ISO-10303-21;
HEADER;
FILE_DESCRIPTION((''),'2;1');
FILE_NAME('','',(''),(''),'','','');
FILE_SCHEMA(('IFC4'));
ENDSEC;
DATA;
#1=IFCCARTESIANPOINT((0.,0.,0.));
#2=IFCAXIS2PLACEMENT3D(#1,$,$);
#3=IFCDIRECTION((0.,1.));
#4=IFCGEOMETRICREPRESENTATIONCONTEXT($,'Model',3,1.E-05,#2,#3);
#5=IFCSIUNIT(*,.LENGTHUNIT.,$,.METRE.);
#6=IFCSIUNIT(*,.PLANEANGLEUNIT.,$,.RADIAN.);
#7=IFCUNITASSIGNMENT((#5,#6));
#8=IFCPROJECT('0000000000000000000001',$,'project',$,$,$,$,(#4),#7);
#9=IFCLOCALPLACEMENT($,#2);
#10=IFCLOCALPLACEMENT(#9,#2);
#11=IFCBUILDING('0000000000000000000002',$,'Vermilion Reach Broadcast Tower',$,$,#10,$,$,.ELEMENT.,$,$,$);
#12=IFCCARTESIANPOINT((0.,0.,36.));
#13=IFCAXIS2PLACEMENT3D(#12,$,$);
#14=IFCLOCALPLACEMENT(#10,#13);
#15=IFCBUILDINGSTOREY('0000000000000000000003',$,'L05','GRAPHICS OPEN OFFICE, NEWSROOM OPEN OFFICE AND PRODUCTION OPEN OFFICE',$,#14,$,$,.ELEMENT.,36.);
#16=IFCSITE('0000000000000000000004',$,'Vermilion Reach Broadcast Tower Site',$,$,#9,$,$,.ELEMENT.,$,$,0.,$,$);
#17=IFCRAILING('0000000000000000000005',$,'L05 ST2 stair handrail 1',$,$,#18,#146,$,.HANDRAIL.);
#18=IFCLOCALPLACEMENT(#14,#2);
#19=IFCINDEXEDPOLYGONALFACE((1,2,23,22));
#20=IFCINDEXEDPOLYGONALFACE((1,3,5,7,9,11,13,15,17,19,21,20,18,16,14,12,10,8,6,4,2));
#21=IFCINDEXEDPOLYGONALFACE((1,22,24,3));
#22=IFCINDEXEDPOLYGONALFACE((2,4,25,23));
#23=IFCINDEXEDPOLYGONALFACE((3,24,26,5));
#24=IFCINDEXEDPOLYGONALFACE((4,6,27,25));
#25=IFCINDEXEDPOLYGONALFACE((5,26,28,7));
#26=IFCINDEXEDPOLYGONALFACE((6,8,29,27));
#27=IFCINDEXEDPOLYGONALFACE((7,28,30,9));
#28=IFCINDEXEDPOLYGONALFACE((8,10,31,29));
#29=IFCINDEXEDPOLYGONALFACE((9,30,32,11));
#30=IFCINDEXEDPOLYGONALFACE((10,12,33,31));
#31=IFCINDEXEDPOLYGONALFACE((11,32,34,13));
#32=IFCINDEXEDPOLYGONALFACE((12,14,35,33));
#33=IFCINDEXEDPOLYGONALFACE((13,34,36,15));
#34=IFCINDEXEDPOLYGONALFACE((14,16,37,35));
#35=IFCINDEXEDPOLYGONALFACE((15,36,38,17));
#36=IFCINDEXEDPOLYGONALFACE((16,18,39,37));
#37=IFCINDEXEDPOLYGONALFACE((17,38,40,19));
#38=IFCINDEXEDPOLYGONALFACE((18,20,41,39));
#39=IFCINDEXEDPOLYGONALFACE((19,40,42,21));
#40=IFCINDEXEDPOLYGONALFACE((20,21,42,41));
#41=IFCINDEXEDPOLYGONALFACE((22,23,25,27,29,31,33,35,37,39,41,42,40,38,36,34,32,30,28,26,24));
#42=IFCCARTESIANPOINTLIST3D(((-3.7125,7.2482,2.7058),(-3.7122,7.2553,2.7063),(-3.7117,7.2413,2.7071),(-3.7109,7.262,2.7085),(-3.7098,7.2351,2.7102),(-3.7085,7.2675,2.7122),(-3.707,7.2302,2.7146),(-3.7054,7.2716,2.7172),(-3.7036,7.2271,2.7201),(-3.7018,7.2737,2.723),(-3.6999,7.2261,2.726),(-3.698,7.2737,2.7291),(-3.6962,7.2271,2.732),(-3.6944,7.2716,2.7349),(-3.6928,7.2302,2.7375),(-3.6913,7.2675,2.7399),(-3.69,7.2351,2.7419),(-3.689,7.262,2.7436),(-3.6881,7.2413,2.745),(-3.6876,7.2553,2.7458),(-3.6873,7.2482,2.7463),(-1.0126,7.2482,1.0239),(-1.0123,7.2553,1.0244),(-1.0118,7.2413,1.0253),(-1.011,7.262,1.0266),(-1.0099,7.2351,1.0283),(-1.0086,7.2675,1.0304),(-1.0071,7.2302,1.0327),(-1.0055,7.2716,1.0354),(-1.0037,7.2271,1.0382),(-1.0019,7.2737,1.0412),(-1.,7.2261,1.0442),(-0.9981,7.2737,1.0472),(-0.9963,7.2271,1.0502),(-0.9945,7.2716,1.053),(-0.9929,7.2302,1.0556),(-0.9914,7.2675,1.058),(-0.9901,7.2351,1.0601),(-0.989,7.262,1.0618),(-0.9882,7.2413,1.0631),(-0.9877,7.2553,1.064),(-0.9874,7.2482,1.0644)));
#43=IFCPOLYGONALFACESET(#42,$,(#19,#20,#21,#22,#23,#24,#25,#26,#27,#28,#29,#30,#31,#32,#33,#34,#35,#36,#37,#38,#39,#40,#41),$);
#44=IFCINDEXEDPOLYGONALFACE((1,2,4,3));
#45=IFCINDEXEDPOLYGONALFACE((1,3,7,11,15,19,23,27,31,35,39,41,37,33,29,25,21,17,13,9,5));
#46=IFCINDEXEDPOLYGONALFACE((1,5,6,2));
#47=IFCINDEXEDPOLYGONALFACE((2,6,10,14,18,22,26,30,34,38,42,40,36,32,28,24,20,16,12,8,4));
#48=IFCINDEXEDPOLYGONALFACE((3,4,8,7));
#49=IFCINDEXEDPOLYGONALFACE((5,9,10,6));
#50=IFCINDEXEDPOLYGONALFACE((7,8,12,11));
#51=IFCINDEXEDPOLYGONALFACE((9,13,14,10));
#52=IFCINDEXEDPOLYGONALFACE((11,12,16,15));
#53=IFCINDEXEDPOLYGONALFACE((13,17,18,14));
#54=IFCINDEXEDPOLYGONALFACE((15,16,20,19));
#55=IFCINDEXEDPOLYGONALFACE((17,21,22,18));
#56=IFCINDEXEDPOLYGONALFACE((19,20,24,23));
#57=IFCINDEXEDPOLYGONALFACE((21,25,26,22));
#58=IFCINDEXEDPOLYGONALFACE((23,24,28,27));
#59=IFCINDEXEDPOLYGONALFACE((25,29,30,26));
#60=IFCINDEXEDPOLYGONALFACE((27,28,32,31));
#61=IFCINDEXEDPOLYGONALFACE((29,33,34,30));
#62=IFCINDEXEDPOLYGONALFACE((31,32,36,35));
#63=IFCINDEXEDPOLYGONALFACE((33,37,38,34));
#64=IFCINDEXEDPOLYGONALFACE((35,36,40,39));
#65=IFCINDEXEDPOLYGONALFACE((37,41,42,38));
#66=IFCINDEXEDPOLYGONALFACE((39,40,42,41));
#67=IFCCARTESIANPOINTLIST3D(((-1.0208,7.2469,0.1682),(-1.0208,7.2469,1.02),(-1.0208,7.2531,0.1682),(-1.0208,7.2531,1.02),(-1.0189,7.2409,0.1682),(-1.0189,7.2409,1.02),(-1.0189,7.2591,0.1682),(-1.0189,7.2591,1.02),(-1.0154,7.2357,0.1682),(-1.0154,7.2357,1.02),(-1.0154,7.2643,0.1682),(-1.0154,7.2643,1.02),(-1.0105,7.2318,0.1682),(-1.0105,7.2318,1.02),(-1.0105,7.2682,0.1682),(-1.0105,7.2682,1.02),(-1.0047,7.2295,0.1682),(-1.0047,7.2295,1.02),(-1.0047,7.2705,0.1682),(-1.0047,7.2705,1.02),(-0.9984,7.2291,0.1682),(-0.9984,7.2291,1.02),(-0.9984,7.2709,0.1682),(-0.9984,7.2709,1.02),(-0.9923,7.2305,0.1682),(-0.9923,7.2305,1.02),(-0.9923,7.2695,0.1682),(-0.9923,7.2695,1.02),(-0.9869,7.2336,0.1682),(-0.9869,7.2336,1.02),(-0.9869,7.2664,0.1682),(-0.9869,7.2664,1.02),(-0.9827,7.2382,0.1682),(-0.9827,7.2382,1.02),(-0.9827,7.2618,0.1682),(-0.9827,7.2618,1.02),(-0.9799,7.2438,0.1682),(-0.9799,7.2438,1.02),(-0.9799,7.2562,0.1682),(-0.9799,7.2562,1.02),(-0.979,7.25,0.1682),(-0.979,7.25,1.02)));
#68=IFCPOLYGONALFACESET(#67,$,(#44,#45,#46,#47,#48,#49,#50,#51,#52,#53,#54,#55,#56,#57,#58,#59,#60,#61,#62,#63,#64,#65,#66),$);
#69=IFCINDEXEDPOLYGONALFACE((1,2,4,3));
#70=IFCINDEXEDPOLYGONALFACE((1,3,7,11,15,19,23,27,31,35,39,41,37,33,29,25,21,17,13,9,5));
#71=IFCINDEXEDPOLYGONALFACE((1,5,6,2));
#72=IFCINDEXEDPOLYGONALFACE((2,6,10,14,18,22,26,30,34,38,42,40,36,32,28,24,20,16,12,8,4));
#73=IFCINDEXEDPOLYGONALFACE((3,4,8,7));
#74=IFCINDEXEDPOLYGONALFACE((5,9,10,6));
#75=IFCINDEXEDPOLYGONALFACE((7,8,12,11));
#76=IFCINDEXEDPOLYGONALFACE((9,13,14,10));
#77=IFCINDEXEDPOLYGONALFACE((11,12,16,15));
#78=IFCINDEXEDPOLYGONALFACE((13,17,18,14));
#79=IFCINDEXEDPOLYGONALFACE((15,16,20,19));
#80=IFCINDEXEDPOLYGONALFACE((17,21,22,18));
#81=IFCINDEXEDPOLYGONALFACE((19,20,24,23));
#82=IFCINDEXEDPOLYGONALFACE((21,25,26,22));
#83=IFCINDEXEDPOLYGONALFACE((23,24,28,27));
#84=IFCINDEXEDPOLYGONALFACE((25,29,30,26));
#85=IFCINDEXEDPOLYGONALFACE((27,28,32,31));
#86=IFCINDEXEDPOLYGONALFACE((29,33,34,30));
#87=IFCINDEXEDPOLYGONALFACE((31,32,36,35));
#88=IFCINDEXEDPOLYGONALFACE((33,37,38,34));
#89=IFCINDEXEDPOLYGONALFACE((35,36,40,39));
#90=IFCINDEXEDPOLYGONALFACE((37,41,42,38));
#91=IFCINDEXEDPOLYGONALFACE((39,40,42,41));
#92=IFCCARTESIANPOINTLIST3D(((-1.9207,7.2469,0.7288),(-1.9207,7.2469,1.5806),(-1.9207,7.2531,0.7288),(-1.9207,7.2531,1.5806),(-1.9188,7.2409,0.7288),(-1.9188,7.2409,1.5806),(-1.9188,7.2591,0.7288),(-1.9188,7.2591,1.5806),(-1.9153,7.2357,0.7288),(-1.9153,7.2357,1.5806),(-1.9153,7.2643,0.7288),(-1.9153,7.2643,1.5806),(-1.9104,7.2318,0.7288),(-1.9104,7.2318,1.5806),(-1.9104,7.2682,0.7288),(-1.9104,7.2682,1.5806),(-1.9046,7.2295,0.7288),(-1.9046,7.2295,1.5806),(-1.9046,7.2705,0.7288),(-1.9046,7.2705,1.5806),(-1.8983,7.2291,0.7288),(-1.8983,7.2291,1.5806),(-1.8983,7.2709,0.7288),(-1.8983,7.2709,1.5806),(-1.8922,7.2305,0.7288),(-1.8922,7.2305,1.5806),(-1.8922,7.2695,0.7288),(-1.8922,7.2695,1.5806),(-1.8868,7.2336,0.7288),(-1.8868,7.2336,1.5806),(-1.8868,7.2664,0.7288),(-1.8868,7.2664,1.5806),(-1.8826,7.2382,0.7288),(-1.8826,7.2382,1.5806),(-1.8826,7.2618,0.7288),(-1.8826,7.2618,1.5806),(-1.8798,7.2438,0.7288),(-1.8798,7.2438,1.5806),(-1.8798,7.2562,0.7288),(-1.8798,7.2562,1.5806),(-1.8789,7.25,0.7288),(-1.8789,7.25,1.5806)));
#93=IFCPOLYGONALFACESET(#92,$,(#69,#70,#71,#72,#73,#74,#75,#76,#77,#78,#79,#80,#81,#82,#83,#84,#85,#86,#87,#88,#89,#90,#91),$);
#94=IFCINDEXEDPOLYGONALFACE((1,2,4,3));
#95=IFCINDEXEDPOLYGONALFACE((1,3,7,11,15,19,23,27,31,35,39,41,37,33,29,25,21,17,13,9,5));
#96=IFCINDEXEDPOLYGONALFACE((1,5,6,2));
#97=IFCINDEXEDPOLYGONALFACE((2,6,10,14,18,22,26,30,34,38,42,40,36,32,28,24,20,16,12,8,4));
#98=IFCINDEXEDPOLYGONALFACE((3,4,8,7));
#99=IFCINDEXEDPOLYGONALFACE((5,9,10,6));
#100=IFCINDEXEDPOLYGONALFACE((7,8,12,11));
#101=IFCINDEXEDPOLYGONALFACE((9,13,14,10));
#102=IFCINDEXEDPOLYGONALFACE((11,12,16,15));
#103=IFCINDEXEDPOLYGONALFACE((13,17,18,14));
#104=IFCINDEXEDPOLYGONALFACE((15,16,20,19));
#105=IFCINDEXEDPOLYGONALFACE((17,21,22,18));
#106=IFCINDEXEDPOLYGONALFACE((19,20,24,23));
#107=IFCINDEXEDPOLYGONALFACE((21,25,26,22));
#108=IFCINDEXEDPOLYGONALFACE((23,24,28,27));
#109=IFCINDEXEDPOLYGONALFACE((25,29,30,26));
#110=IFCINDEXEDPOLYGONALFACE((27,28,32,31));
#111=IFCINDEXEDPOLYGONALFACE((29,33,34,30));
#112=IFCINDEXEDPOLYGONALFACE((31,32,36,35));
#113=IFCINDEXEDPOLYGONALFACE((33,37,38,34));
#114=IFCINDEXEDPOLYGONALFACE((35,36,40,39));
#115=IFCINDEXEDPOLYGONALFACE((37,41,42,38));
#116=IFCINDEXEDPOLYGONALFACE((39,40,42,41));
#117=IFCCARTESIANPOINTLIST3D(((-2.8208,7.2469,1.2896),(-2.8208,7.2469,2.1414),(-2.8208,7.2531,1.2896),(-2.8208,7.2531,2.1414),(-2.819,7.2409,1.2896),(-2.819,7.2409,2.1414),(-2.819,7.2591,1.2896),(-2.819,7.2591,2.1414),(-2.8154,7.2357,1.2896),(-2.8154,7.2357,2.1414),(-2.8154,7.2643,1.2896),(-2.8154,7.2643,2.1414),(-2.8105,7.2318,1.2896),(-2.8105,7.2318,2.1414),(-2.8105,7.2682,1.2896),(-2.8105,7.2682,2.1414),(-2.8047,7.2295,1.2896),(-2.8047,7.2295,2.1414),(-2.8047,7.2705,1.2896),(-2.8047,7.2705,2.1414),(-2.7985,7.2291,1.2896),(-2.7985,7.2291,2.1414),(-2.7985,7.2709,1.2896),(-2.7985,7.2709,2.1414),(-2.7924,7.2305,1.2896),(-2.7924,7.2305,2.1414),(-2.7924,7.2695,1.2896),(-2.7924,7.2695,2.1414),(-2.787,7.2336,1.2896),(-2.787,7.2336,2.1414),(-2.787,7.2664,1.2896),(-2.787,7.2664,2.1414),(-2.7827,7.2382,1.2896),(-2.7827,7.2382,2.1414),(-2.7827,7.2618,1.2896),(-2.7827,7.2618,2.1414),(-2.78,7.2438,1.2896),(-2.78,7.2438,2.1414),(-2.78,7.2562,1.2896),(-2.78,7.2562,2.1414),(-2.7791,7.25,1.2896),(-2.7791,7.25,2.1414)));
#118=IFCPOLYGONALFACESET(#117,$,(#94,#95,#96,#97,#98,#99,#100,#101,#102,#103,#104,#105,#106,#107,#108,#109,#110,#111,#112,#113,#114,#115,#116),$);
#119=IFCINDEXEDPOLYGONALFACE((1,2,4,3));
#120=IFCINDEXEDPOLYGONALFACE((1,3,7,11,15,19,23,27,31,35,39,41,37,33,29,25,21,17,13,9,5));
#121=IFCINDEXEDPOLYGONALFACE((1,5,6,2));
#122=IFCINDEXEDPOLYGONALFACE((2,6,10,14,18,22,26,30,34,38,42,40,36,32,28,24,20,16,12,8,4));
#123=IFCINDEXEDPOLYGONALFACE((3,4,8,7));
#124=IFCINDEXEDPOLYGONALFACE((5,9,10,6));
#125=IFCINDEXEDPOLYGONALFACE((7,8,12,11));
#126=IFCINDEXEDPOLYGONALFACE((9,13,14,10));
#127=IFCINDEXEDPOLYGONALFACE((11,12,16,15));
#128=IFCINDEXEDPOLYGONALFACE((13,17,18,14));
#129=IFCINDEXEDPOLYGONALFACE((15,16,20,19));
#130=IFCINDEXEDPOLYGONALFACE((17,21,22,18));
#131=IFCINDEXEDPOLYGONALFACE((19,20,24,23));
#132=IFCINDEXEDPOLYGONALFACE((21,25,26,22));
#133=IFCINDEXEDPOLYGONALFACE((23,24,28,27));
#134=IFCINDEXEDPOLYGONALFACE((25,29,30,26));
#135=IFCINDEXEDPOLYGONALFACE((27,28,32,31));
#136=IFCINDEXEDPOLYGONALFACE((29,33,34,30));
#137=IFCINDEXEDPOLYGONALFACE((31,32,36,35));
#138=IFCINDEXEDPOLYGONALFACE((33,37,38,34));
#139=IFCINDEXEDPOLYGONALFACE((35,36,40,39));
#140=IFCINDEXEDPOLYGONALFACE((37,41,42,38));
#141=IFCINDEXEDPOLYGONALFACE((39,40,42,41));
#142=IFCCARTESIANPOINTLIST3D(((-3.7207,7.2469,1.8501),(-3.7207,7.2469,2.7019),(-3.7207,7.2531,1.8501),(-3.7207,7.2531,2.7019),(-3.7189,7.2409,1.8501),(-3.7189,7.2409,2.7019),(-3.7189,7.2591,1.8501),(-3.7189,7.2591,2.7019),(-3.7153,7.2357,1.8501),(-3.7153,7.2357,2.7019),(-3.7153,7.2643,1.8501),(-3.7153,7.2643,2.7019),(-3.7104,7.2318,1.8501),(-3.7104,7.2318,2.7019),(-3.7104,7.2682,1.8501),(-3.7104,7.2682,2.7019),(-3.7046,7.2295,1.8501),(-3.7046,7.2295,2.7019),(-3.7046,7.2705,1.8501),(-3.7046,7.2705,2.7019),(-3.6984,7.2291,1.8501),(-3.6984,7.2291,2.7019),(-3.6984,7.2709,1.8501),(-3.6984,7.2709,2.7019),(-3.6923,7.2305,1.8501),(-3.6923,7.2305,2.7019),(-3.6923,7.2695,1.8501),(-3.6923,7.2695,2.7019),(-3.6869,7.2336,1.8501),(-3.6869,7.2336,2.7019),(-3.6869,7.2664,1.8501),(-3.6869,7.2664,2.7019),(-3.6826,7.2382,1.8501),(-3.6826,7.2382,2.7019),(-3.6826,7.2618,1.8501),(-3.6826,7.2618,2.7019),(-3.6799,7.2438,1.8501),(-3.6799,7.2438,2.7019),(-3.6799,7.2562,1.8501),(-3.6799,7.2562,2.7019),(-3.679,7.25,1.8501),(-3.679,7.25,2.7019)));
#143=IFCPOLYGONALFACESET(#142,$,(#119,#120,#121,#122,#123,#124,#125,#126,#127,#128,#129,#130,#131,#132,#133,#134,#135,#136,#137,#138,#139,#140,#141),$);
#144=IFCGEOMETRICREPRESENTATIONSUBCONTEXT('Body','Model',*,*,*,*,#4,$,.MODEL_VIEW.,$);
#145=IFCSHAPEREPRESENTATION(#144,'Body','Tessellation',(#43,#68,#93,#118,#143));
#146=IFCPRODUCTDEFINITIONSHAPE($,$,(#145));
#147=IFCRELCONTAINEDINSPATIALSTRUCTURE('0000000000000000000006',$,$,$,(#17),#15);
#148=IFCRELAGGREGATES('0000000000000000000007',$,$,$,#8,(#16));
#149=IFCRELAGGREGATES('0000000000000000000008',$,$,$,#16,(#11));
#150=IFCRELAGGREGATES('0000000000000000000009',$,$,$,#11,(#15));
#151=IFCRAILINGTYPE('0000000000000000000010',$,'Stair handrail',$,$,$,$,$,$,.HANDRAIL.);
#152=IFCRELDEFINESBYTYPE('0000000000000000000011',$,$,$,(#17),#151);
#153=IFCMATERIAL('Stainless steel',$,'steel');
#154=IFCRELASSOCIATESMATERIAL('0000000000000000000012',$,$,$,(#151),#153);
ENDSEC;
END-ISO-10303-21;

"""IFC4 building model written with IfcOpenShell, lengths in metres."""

from ifc_helpers import new_model, si_unit, direction, frame, origin, origin_2d, place, context, subcontext, project, spatial, circle, extrude, material, type_object, element, save


model = new_model("IFC4")

# Units and contexts
model_context = context("Model", 3, precision=1e-05, world=origin(), true_north=direction((0.0, 1.0)))
body_context = subcontext(model_context, "Body", "Model", "MODEL_VIEW")
ifc_project = project(units=[si_unit("LENGTHUNIT", "METRE"), si_unit("PLANEANGLEUNIT", "RADIAN")], contexts=[model_context])

# Site, building, storey
site_placement = place(None, origin())
site = spatial("IfcSite", under=ifc_project, at=site_placement, Name="Vermilion Reach Broadcast Tower Site", CompositionType="ELEMENT", RefElevation=0.0)
building_placement = place(site_placement, origin())
building = spatial("IfcBuilding", under=site, at=building_placement, Name="Vermilion Reach Broadcast Tower", CompositionType="ELEMENT")
storey_placement = place(building_placement, frame((0.0, 0.0, 36.0)))
storey = spatial("IfcBuildingStorey", under=building, at=storey_placement, Name="L05", Description="GRAPHICS OPEN OFFICE, NEWSROOM OPEN OFFICE AND PRODUCTION OPEN OFFICE", CompositionType="ELEMENT", Elevation=36.0)

# Railing
ifc_material_1 = material(Name="Stainless steel", Category="steel")
railing_type_1 = type_object("IfcRailingType", Name="Stair handrail", PredefinedType="HANDRAIL", material=ifc_material_1)
railing_1_placement = place(storey_placement, frame((-1.0, 7.25, 0.1682)))
element("IfcRailing", 1, at=railing_1_placement, inside=storey, type_object=railing_type_1, Name="L05 ST2 stair handrail 1", PredefinedType="HANDRAIL", context=body_context, shape_type="SweptSolid", body=[
    extrude(circle(Radius=0.0239, at=origin_2d()), frame((0.0, 0.0, 0.876), z_axis=(-0.848786, 0.0, 0.528736), x_axis=(0.0, -1.0, 0.0)), (0.0, 0.0, 1.0), 3.1809),
    extrude(circle(Radius=0.021, at=origin_2d()), origin(), (0.0, 0.0, 1.0), 0.8518),
    extrude(circle(Radius=0.021, at=origin_2d()), frame((-0.8999, 0.0, 0.5605)), (0.0, 0.0, 1.0), 0.8518),
    extrude(circle(Radius=0.021, at=origin_2d()), frame((-1.8, 0.0, 1.1213)), (0.0, 0.0, 1.0), 0.8518),
    extrude(circle(Radius=0.021, at=origin_2d()), frame((-2.7, 0.0, 1.6819)), (0.0, 0.0, 1.0), 0.8518),
])

save(model, "model.ifc")
